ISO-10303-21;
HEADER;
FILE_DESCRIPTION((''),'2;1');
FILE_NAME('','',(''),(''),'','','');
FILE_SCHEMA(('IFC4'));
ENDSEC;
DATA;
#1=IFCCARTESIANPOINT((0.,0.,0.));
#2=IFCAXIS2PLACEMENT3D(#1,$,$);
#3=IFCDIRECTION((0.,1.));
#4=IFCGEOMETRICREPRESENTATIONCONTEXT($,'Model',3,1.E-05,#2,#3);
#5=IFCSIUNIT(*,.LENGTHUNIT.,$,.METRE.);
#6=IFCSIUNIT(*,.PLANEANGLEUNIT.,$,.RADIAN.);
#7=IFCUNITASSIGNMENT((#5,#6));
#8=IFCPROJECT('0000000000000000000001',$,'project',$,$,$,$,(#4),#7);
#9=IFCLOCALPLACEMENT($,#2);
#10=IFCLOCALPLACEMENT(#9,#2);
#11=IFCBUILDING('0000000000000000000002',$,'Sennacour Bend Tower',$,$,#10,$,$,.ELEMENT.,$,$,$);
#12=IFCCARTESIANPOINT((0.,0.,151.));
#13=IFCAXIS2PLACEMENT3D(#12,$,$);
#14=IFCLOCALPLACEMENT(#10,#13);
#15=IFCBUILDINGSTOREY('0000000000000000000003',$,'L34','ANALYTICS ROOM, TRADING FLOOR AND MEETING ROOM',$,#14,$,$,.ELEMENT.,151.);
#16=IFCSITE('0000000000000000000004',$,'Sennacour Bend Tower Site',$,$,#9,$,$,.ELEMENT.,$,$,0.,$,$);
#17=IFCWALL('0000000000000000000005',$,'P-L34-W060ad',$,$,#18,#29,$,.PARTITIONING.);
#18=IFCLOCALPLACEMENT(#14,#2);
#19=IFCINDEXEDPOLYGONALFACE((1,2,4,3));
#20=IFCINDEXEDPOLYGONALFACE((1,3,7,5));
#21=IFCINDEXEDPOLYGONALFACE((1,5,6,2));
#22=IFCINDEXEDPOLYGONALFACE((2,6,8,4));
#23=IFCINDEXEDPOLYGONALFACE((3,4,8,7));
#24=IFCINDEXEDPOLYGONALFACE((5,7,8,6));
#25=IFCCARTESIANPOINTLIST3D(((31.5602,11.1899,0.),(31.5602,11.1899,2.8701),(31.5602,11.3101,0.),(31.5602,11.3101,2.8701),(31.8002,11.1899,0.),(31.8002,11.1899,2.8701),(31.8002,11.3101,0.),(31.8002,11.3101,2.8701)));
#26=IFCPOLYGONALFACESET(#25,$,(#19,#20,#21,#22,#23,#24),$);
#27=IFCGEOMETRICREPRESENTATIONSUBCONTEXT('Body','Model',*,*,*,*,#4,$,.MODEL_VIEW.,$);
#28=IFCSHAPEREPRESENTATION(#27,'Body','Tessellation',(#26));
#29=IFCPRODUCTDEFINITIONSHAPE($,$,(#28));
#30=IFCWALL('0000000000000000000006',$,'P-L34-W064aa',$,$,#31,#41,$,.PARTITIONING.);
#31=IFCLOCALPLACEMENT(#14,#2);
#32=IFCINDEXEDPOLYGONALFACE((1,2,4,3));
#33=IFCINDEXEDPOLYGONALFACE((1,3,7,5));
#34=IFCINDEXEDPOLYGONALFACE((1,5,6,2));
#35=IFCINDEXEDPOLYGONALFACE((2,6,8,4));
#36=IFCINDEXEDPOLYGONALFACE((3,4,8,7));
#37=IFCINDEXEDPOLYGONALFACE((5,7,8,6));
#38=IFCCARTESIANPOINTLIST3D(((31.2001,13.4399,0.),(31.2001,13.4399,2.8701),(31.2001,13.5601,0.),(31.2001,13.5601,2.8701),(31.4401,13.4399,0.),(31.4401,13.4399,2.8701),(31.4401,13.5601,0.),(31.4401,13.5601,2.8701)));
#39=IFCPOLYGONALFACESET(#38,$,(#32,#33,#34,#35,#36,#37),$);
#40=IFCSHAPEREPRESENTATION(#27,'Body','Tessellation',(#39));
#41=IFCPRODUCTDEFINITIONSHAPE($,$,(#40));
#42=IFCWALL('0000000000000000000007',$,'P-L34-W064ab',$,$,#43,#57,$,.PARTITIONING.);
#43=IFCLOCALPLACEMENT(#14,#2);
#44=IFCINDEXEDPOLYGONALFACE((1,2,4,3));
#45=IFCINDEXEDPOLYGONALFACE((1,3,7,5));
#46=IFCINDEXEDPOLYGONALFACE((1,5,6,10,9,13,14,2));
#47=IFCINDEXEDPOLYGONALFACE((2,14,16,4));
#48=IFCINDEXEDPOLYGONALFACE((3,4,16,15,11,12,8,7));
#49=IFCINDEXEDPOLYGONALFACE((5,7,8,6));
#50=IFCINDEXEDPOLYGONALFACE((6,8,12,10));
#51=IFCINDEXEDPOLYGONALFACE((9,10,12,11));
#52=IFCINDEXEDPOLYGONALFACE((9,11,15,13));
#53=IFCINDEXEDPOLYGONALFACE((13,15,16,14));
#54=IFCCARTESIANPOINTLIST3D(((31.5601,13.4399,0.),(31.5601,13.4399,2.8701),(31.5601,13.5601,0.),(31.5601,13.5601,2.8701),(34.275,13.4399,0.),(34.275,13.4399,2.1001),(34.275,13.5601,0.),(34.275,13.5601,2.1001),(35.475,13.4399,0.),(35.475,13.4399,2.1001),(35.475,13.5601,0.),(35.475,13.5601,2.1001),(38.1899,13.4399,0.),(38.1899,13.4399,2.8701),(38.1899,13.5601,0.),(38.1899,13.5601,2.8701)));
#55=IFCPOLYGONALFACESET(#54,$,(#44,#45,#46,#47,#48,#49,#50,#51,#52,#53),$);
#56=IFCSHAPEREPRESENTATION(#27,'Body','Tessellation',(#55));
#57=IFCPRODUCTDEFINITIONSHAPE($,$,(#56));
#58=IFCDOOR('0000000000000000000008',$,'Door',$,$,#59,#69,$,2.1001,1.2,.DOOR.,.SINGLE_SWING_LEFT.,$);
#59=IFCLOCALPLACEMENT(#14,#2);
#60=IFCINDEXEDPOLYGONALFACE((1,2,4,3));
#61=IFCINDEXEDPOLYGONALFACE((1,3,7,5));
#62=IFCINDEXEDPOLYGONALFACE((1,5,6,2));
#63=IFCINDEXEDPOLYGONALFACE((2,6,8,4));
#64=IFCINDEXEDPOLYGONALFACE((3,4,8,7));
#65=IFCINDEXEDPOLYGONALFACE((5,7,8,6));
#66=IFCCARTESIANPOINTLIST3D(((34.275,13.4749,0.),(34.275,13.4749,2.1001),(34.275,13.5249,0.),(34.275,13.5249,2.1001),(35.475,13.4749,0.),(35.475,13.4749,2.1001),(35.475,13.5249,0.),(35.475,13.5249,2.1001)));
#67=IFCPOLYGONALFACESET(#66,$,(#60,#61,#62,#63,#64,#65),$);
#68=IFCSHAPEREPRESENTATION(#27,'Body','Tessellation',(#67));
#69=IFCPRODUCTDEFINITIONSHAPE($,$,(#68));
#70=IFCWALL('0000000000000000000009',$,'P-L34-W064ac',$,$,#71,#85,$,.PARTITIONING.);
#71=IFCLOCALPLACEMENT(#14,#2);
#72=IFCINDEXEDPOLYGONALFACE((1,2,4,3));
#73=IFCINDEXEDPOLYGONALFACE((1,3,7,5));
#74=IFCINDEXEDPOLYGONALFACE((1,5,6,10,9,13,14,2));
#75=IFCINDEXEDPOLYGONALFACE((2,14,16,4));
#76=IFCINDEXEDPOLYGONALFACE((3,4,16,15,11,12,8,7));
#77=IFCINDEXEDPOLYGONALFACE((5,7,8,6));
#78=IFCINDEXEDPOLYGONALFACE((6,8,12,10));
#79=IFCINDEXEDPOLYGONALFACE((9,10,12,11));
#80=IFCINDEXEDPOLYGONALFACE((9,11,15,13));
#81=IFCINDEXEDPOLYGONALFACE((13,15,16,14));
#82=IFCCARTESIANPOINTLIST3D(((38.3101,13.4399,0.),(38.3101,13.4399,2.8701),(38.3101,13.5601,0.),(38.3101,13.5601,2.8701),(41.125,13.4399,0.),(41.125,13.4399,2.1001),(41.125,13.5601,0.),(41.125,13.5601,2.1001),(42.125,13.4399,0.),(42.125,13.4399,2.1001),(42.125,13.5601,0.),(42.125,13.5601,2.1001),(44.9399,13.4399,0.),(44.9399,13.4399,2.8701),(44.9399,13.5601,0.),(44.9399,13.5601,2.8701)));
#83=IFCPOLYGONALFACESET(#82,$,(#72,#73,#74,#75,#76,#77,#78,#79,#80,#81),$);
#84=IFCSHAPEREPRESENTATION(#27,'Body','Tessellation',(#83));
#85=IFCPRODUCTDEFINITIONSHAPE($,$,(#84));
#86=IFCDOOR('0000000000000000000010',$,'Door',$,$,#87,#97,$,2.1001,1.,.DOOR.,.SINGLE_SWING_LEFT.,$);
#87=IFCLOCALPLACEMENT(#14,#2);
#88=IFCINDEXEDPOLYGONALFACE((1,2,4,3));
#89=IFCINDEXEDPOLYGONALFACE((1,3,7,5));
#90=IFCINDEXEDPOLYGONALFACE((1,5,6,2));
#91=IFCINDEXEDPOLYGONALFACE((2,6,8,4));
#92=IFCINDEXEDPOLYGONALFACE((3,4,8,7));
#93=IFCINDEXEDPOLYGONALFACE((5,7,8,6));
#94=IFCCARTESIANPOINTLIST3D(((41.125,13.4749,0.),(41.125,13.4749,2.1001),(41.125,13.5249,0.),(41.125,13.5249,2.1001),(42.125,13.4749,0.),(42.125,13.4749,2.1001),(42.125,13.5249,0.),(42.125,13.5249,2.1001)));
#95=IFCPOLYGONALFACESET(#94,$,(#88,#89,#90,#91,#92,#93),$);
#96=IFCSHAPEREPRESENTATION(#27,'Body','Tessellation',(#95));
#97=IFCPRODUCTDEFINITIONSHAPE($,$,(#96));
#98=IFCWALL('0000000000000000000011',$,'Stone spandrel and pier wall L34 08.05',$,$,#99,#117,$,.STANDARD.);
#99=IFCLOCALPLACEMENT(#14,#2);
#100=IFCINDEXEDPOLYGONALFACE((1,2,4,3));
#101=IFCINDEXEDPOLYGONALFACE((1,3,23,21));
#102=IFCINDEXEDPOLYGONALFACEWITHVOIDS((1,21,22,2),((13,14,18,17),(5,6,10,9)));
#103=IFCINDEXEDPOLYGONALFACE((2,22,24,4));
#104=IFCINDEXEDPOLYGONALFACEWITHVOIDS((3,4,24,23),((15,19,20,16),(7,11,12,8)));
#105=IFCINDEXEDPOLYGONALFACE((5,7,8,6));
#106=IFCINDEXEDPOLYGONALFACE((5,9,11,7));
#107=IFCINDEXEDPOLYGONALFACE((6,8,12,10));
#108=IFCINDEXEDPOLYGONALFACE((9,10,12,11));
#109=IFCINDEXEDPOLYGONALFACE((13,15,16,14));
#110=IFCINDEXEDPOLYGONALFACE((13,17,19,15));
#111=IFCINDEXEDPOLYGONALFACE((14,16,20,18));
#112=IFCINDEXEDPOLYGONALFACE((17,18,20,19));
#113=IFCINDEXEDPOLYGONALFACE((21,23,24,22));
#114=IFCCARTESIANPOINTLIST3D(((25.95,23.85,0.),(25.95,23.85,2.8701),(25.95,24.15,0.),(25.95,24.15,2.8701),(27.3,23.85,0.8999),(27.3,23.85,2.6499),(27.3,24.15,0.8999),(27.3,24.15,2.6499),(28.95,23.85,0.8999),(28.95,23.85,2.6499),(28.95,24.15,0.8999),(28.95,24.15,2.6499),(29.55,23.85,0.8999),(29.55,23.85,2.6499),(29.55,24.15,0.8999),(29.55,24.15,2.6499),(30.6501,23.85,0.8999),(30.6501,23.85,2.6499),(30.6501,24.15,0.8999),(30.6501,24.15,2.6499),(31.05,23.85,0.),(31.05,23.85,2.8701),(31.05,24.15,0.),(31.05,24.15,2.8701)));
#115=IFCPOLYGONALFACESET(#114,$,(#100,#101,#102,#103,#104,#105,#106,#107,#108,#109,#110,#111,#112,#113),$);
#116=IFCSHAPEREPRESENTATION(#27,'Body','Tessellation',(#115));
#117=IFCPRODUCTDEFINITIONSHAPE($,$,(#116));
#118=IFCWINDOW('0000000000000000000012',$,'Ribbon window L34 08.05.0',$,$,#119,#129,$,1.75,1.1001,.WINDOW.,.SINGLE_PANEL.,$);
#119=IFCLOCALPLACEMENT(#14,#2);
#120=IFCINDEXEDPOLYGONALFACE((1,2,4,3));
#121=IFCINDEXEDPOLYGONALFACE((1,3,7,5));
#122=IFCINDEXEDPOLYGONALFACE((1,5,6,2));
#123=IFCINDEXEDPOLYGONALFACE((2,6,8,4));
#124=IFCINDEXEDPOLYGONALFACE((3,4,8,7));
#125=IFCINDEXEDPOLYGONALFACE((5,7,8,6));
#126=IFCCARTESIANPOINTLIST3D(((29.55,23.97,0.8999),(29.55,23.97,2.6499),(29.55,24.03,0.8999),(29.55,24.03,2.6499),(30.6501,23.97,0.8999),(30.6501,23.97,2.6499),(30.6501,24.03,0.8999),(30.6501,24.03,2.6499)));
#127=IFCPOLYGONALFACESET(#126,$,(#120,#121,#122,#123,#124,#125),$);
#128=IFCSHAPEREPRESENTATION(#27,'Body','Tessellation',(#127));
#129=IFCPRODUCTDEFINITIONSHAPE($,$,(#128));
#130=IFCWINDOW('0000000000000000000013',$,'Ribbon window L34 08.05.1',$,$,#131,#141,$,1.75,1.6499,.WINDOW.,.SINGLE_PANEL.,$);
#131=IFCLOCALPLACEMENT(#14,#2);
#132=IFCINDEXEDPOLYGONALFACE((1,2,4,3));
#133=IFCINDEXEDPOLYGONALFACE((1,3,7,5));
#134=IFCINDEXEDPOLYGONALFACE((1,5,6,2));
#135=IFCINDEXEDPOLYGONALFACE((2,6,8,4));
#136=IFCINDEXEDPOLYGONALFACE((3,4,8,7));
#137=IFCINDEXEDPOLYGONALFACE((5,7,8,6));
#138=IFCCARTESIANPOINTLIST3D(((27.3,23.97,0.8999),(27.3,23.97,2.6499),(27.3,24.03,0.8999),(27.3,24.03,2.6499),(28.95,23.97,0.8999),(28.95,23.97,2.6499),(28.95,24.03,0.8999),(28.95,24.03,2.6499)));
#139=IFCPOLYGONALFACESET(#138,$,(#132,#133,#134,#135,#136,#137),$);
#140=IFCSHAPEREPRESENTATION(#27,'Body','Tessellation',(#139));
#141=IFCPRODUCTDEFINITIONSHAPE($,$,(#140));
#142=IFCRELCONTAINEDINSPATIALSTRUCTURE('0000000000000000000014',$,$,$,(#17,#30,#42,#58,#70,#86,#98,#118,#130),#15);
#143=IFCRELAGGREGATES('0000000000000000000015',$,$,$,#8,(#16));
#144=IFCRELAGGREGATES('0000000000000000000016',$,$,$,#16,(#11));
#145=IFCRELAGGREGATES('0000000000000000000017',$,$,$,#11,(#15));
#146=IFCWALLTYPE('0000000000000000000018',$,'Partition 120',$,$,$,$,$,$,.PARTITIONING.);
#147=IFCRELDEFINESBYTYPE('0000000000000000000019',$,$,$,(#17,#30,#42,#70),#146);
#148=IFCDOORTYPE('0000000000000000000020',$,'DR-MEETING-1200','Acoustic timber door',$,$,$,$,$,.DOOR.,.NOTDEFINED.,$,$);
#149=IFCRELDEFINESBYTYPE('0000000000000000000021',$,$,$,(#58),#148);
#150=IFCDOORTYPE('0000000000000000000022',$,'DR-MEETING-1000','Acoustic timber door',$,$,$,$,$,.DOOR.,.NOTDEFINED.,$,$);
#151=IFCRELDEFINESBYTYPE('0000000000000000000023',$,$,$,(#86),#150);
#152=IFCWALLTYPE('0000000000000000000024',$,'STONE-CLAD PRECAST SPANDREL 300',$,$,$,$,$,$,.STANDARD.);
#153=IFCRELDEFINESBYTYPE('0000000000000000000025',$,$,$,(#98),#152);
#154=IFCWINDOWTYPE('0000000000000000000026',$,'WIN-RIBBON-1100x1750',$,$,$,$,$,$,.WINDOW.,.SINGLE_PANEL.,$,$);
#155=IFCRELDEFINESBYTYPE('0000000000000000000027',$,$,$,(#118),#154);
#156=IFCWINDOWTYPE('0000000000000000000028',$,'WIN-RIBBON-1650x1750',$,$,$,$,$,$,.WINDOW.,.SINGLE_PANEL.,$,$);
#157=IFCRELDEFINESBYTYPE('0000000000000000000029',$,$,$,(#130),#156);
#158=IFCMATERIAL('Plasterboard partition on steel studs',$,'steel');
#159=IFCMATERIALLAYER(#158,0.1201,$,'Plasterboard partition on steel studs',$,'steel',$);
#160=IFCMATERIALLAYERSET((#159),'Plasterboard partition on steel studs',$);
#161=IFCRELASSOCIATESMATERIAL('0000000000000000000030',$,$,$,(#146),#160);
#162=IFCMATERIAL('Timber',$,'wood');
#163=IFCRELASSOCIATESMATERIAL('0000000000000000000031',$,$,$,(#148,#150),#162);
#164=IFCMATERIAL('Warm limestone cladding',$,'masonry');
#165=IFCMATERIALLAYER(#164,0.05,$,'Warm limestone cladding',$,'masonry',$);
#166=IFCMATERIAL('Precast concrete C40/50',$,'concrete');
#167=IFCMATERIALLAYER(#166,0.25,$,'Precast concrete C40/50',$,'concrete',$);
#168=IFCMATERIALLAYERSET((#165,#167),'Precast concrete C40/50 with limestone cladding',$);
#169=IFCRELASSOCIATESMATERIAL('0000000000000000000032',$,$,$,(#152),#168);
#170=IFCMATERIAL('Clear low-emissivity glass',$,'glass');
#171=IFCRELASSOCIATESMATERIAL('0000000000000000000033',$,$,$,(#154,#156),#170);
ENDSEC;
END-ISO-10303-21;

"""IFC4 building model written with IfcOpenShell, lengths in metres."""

from ifc_helpers import new_model, si_unit, direction, frame, frame_2d, origin, place, context, subcontext, project, spatial, rectangle, extrude, material, layer, layer_set, type_object, element, fill, save


model = new_model("IFC4")

# Units and contexts
model_context = context("Model", 3, precision=1e-05, world=origin(), true_north=direction((0.0, 1.0)))
body_context = subcontext(model_context, "Body", "Model", "MODEL_VIEW")
ifc_project = project(units=[si_unit("LENGTHUNIT", "METRE"), si_unit("PLANEANGLEUNIT", "RADIAN")], contexts=[model_context])

# Site, building, storey
site_placement = place(None, origin())
site = spatial("IfcSite", under=ifc_project, at=site_placement, Name="Sennacour Bend Tower Site", CompositionType="ELEMENT", RefElevation=0.0)
building_placement = place(site_placement, origin())
building = spatial("IfcBuilding", under=site, at=building_placement, Name="Sennacour Bend Tower", CompositionType="ELEMENT")
storey_placement = place(building_placement, frame((0.0, 0.0, 151.0)))
storey = spatial("IfcBuildingStorey", under=building, at=storey_placement, Name="L34", Description="ANALYTICS ROOM, TRADING FLOOR AND MEETING ROOM", CompositionType="ELEMENT", Elevation=151.0)

# Shared definitions
ifc_material_1 = material(Name="Clear low-emissivity glass", Category="glass")

# Shared definitions
ifc_material_2 = material(Name="Plasterboard partition on steel studs", Category="steel")
ifc_layer_1 = layer(ifc_material_2, 0.1201, Name="Plasterboard partition on steel studs", Category="steel")
ifc_layer_set_1 = layer_set([ifc_layer_1], Name="Plasterboard partition on steel studs")
wall_type_1 = type_object("IfcWallType", Name="Partition 120", PredefinedType="PARTITIONING", material=ifc_layer_set_1)

# Shared definitions
ifc_material_3 = material(Name="Timber", Category="wood")

# Walls
for number, where, z_axis, x_axis, name in (
    (1, (31.5601, 11.25, 0.0), (0.0, 0.0, 1.0), (1.0, 0.0, 0.0), "P-L34-W060ad"),
    (2, (31.2, 13.5, 0.0), (0.0, 0.0, 1.0), (1.0, 0.0, 0.0), "P-L34-W064aa"),
):
    element("IfcWall", number, at=place(storey_placement, frame(where, z_axis=z_axis, x_axis=x_axis)), inside=storey, type_object=wall_type_1, Name=name, PredefinedType="PARTITIONING", context=body_context, shape_type="SweptSolid", body=[
        extrude(rectangle(XDim=0.24, YDim=0.1201, at=frame_2d((0.1201, 0.0))), origin(), (0.0, 0.0, 1.0), 2.8701),
    ])

# Walls, openings, doors
wall_1_placement = place(storey_placement, frame((31.5601, 13.5, 0.0), z_axis=(0.0, 0.0, 1.0), x_axis=(1.0, 0.0, 0.0)))
wall_1 = element("IfcWall", 3, at=wall_1_placement, inside=storey, type_object=wall_type_1, Name="P-L34-W064ab", PredefinedType="PARTITIONING", context=body_context, shape_type="SweptSolid", body=[
    extrude(rectangle(XDim=6.6299, YDim=0.1201, at=frame_2d((3.3149, 0.0))), origin(), (0.0, 0.0, 1.0), 2.8701),
])
opening_1_placement = place(wall_1_placement, frame((2.7148, 0.0, 0.0)))
opening_1 = element("IfcOpeningElement", 4, at=opening_1_placement, cuts=wall_1, PredefinedType="OPENING", context=body_context, shape_type="SweptSolid", body=[
    extrude(rectangle(XDim=1.2, YDim=2.1001, at=frame_2d((0.6001, 1.05))), frame((0.0, 0.0701, 0.0), z_axis=(0.0, -1.0, 0.0), x_axis=(1.0, 0.0, 0.0)), (0.0, 0.0, 1.0), 0.1401),
])
door_type_1 = type_object("IfcDoorType", Name="DR-MEETING-1200", Description="Acoustic timber door", OperationType="NOTDEFINED", PredefinedType="DOOR", material=ifc_material_3)
door_1_placement = place(opening_1_placement, origin())
door_1 = element("IfcDoor", 5, at=door_1_placement, inside=storey, type_object=door_type_1, Name="Door", OperationType="SINGLE_SWING_LEFT", OverallHeight=2.1001, OverallWidth=1.2, PredefinedType="DOOR", context=body_context, shape_type="SweptSolid", body=[
    extrude(rectangle(XDim=1.2, YDim=2.1001, at=frame_2d((0.6001, 1.05))), frame((0.0, 0.0249, 0.0), z_axis=(0.0, -1.0, 0.0), x_axis=(1.0, 0.0, 0.0)), (0.0, 0.0, 1.0), 0.05),
])
fill(opening_1, door_1)
wall_2_placement = place(storey_placement, frame((38.3101, 13.5, 0.0), z_axis=(0.0, 0.0, 1.0), x_axis=(1.0, 0.0, 0.0)))
wall_2 = element("IfcWall", 6, at=wall_2_placement, inside=storey, type_object=wall_type_1, Name="P-L34-W064ac", PredefinedType="PARTITIONING", context=body_context, shape_type="SweptSolid", body=[
    extrude(rectangle(XDim=6.6299, YDim=0.1201, at=frame_2d((3.3149, 0.0))), origin(), (0.0, 0.0, 1.0), 2.8701),
])
opening_2_placement = place(wall_2_placement, frame((2.8149, 0.0, 0.0)))
opening_2 = element("IfcOpeningElement", 7, at=opening_2_placement, cuts=wall_2, PredefinedType="OPENING", context=body_context, shape_type="SweptSolid", body=[
    extrude(rectangle(XDim=1.0, YDim=2.1001, at=frame_2d((0.5, 1.05))), frame((0.0, 0.0701, 0.0), z_axis=(0.0, -1.0, 0.0), x_axis=(1.0, 0.0, 0.0)), (0.0, 0.0, 1.0), 0.1401),
])
door_type_2 = type_object("IfcDoorType", Name="DR-MEETING-1000", Description="Acoustic timber door", OperationType="NOTDEFINED", PredefinedType="DOOR", material=ifc_material_3)
door_2_placement = place(opening_2_placement, origin())
door_2 = element("IfcDoor", 8, at=door_2_placement, inside=storey, type_object=door_type_2, Name="Door", OperationType="SINGLE_SWING_LEFT", OverallHeight=2.1001, OverallWidth=1.0, PredefinedType="DOOR", context=body_context, shape_type="SweptSolid", body=[
    extrude(rectangle(XDim=1.0, YDim=2.1001, at=frame_2d((0.5, 1.05))), frame((0.0, 0.0249, 0.0), z_axis=(0.0, -1.0, 0.0), x_axis=(1.0, 0.0, 0.0)), (0.0, 0.0, 1.0), 0.05),
])
fill(opening_2, door_2)

# Wall, openings, windows
ifc_material_4 = material(Name="Warm limestone cladding", Category="masonry")
ifc_layer_2 = layer(ifc_material_4, 0.05, Name="Warm limestone cladding", Category="masonry")
ifc_material_5 = material(Name="Precast concrete C40/50", Category="concrete")
ifc_layer_3 = layer(ifc_material_5, 0.25, Name="Precast concrete C40/50", Category="concrete")
ifc_layer_set_2 = layer_set([ifc_layer_2, ifc_layer_3], Name="Precast concrete C40/50 with limestone cladding")
wall_type_2 = type_object("IfcWallType", Name="STONE-CLAD PRECAST SPANDREL 300", PredefinedType="STANDARD", material=ifc_layer_set_2)
wall_3_placement = place(storey_placement, frame((31.05, 24.0, 0.0), z_axis=(0.0, 0.0, 1.0), x_axis=(-1.0, 0.0, 0.0)))
wall_3 = element("IfcWall", 9, at=wall_3_placement, inside=storey, type_object=wall_type_2, Name="Stone spandrel and pier wall L34 08.05", PredefinedType="STANDARD", context=body_context, shape_type="SweptSolid", body=[
    extrude(rectangle(XDim=5.1001, YDim=0.3, at=frame_2d((2.55, 0.0))), origin(), (0.0, 0.0, 1.0), 2.8701),
])
opening_3_placement = place(wall_3_placement, frame((0.3999, 0.0, 0.8999)))
opening_3 = element("IfcOpeningElement", 10, at=opening_3_placement, cuts=wall_3, PredefinedType="OPENING", context=body_context, shape_type="SweptSolid", body=[
    extrude(rectangle(XDim=1.1001, YDim=1.75, at=frame_2d((0.55, 0.875))), frame((0.0, 0.1602, 0.0), z_axis=(0.0, -1.0, 0.0), x_axis=(1.0, 0.0, 0.0)), (0.0, 0.0, 1.0), 0.3201),
])
opening_4_placement = place(wall_3_placement, frame((2.1001, 0.0, 0.8999)))
opening_4 = element("IfcOpeningElement", 11, at=opening_4_placement, cuts=wall_3, PredefinedType="OPENING", context=body_context, shape_type="SweptSolid", body=[
    extrude(rectangle(XDim=1.6499, YDim=1.75, at=frame_2d((0.825, 0.875))), frame((0.0, 0.1602, 0.0), z_axis=(0.0, -1.0, 0.0), x_axis=(1.0, 0.0, 0.0)), (0.0, 0.0, 1.0), 0.3201),
])
window_type_1 = type_object("IfcWindowType", Name="WIN-RIBBON-1100x1750", PartitioningType="SINGLE_PANEL", PredefinedType="WINDOW", material=ifc_material_1)
window_1_placement = place(opening_3_placement, origin())
window_1 = element("IfcWindow", 12, at=window_1_placement, inside=storey, type_object=window_type_1, Name="Ribbon window L34 08.05.0", OverallHeight=1.75, OverallWidth=1.1001, PartitioningType="SINGLE_PANEL", PredefinedType="WINDOW", context=body_context, shape_type="SweptSolid", body=[
    extrude(rectangle(XDim=1.1001, YDim=1.75, at=frame_2d((0.55, 0.875))), frame((0.0, 0.03, 0.0), z_axis=(0.0, -1.0, 0.0), x_axis=(1.0, 0.0, 0.0)), (0.0, 0.0, 1.0), 0.0601),
])
fill(opening_3, window_1)
window_type_2 = type_object("IfcWindowType", Name="WIN-RIBBON-1650x1750", PartitioningType="SINGLE_PANEL", PredefinedType="WINDOW", material=ifc_material_1)
window_2_placement = place(opening_4_placement, origin())
window_2 = element("IfcWindow", 13, at=window_2_placement, inside=storey, type_object=window_type_2, Name="Ribbon window L34 08.05.1", OverallHeight=1.75, OverallWidth=1.6499, PartitioningType="SINGLE_PANEL", PredefinedType="WINDOW", context=body_context, shape_type="SweptSolid", body=[
    extrude(rectangle(XDim=1.6499, YDim=1.75, at=frame_2d((0.825, 0.875))), frame((0.0, 0.03, 0.0), z_axis=(0.0, -1.0, 0.0), x_axis=(1.0, 0.0, 0.0)), (0.0, 0.0, 1.0), 0.0601),
])
fill(opening_4, window_2)

save(model, "model.ifc")
